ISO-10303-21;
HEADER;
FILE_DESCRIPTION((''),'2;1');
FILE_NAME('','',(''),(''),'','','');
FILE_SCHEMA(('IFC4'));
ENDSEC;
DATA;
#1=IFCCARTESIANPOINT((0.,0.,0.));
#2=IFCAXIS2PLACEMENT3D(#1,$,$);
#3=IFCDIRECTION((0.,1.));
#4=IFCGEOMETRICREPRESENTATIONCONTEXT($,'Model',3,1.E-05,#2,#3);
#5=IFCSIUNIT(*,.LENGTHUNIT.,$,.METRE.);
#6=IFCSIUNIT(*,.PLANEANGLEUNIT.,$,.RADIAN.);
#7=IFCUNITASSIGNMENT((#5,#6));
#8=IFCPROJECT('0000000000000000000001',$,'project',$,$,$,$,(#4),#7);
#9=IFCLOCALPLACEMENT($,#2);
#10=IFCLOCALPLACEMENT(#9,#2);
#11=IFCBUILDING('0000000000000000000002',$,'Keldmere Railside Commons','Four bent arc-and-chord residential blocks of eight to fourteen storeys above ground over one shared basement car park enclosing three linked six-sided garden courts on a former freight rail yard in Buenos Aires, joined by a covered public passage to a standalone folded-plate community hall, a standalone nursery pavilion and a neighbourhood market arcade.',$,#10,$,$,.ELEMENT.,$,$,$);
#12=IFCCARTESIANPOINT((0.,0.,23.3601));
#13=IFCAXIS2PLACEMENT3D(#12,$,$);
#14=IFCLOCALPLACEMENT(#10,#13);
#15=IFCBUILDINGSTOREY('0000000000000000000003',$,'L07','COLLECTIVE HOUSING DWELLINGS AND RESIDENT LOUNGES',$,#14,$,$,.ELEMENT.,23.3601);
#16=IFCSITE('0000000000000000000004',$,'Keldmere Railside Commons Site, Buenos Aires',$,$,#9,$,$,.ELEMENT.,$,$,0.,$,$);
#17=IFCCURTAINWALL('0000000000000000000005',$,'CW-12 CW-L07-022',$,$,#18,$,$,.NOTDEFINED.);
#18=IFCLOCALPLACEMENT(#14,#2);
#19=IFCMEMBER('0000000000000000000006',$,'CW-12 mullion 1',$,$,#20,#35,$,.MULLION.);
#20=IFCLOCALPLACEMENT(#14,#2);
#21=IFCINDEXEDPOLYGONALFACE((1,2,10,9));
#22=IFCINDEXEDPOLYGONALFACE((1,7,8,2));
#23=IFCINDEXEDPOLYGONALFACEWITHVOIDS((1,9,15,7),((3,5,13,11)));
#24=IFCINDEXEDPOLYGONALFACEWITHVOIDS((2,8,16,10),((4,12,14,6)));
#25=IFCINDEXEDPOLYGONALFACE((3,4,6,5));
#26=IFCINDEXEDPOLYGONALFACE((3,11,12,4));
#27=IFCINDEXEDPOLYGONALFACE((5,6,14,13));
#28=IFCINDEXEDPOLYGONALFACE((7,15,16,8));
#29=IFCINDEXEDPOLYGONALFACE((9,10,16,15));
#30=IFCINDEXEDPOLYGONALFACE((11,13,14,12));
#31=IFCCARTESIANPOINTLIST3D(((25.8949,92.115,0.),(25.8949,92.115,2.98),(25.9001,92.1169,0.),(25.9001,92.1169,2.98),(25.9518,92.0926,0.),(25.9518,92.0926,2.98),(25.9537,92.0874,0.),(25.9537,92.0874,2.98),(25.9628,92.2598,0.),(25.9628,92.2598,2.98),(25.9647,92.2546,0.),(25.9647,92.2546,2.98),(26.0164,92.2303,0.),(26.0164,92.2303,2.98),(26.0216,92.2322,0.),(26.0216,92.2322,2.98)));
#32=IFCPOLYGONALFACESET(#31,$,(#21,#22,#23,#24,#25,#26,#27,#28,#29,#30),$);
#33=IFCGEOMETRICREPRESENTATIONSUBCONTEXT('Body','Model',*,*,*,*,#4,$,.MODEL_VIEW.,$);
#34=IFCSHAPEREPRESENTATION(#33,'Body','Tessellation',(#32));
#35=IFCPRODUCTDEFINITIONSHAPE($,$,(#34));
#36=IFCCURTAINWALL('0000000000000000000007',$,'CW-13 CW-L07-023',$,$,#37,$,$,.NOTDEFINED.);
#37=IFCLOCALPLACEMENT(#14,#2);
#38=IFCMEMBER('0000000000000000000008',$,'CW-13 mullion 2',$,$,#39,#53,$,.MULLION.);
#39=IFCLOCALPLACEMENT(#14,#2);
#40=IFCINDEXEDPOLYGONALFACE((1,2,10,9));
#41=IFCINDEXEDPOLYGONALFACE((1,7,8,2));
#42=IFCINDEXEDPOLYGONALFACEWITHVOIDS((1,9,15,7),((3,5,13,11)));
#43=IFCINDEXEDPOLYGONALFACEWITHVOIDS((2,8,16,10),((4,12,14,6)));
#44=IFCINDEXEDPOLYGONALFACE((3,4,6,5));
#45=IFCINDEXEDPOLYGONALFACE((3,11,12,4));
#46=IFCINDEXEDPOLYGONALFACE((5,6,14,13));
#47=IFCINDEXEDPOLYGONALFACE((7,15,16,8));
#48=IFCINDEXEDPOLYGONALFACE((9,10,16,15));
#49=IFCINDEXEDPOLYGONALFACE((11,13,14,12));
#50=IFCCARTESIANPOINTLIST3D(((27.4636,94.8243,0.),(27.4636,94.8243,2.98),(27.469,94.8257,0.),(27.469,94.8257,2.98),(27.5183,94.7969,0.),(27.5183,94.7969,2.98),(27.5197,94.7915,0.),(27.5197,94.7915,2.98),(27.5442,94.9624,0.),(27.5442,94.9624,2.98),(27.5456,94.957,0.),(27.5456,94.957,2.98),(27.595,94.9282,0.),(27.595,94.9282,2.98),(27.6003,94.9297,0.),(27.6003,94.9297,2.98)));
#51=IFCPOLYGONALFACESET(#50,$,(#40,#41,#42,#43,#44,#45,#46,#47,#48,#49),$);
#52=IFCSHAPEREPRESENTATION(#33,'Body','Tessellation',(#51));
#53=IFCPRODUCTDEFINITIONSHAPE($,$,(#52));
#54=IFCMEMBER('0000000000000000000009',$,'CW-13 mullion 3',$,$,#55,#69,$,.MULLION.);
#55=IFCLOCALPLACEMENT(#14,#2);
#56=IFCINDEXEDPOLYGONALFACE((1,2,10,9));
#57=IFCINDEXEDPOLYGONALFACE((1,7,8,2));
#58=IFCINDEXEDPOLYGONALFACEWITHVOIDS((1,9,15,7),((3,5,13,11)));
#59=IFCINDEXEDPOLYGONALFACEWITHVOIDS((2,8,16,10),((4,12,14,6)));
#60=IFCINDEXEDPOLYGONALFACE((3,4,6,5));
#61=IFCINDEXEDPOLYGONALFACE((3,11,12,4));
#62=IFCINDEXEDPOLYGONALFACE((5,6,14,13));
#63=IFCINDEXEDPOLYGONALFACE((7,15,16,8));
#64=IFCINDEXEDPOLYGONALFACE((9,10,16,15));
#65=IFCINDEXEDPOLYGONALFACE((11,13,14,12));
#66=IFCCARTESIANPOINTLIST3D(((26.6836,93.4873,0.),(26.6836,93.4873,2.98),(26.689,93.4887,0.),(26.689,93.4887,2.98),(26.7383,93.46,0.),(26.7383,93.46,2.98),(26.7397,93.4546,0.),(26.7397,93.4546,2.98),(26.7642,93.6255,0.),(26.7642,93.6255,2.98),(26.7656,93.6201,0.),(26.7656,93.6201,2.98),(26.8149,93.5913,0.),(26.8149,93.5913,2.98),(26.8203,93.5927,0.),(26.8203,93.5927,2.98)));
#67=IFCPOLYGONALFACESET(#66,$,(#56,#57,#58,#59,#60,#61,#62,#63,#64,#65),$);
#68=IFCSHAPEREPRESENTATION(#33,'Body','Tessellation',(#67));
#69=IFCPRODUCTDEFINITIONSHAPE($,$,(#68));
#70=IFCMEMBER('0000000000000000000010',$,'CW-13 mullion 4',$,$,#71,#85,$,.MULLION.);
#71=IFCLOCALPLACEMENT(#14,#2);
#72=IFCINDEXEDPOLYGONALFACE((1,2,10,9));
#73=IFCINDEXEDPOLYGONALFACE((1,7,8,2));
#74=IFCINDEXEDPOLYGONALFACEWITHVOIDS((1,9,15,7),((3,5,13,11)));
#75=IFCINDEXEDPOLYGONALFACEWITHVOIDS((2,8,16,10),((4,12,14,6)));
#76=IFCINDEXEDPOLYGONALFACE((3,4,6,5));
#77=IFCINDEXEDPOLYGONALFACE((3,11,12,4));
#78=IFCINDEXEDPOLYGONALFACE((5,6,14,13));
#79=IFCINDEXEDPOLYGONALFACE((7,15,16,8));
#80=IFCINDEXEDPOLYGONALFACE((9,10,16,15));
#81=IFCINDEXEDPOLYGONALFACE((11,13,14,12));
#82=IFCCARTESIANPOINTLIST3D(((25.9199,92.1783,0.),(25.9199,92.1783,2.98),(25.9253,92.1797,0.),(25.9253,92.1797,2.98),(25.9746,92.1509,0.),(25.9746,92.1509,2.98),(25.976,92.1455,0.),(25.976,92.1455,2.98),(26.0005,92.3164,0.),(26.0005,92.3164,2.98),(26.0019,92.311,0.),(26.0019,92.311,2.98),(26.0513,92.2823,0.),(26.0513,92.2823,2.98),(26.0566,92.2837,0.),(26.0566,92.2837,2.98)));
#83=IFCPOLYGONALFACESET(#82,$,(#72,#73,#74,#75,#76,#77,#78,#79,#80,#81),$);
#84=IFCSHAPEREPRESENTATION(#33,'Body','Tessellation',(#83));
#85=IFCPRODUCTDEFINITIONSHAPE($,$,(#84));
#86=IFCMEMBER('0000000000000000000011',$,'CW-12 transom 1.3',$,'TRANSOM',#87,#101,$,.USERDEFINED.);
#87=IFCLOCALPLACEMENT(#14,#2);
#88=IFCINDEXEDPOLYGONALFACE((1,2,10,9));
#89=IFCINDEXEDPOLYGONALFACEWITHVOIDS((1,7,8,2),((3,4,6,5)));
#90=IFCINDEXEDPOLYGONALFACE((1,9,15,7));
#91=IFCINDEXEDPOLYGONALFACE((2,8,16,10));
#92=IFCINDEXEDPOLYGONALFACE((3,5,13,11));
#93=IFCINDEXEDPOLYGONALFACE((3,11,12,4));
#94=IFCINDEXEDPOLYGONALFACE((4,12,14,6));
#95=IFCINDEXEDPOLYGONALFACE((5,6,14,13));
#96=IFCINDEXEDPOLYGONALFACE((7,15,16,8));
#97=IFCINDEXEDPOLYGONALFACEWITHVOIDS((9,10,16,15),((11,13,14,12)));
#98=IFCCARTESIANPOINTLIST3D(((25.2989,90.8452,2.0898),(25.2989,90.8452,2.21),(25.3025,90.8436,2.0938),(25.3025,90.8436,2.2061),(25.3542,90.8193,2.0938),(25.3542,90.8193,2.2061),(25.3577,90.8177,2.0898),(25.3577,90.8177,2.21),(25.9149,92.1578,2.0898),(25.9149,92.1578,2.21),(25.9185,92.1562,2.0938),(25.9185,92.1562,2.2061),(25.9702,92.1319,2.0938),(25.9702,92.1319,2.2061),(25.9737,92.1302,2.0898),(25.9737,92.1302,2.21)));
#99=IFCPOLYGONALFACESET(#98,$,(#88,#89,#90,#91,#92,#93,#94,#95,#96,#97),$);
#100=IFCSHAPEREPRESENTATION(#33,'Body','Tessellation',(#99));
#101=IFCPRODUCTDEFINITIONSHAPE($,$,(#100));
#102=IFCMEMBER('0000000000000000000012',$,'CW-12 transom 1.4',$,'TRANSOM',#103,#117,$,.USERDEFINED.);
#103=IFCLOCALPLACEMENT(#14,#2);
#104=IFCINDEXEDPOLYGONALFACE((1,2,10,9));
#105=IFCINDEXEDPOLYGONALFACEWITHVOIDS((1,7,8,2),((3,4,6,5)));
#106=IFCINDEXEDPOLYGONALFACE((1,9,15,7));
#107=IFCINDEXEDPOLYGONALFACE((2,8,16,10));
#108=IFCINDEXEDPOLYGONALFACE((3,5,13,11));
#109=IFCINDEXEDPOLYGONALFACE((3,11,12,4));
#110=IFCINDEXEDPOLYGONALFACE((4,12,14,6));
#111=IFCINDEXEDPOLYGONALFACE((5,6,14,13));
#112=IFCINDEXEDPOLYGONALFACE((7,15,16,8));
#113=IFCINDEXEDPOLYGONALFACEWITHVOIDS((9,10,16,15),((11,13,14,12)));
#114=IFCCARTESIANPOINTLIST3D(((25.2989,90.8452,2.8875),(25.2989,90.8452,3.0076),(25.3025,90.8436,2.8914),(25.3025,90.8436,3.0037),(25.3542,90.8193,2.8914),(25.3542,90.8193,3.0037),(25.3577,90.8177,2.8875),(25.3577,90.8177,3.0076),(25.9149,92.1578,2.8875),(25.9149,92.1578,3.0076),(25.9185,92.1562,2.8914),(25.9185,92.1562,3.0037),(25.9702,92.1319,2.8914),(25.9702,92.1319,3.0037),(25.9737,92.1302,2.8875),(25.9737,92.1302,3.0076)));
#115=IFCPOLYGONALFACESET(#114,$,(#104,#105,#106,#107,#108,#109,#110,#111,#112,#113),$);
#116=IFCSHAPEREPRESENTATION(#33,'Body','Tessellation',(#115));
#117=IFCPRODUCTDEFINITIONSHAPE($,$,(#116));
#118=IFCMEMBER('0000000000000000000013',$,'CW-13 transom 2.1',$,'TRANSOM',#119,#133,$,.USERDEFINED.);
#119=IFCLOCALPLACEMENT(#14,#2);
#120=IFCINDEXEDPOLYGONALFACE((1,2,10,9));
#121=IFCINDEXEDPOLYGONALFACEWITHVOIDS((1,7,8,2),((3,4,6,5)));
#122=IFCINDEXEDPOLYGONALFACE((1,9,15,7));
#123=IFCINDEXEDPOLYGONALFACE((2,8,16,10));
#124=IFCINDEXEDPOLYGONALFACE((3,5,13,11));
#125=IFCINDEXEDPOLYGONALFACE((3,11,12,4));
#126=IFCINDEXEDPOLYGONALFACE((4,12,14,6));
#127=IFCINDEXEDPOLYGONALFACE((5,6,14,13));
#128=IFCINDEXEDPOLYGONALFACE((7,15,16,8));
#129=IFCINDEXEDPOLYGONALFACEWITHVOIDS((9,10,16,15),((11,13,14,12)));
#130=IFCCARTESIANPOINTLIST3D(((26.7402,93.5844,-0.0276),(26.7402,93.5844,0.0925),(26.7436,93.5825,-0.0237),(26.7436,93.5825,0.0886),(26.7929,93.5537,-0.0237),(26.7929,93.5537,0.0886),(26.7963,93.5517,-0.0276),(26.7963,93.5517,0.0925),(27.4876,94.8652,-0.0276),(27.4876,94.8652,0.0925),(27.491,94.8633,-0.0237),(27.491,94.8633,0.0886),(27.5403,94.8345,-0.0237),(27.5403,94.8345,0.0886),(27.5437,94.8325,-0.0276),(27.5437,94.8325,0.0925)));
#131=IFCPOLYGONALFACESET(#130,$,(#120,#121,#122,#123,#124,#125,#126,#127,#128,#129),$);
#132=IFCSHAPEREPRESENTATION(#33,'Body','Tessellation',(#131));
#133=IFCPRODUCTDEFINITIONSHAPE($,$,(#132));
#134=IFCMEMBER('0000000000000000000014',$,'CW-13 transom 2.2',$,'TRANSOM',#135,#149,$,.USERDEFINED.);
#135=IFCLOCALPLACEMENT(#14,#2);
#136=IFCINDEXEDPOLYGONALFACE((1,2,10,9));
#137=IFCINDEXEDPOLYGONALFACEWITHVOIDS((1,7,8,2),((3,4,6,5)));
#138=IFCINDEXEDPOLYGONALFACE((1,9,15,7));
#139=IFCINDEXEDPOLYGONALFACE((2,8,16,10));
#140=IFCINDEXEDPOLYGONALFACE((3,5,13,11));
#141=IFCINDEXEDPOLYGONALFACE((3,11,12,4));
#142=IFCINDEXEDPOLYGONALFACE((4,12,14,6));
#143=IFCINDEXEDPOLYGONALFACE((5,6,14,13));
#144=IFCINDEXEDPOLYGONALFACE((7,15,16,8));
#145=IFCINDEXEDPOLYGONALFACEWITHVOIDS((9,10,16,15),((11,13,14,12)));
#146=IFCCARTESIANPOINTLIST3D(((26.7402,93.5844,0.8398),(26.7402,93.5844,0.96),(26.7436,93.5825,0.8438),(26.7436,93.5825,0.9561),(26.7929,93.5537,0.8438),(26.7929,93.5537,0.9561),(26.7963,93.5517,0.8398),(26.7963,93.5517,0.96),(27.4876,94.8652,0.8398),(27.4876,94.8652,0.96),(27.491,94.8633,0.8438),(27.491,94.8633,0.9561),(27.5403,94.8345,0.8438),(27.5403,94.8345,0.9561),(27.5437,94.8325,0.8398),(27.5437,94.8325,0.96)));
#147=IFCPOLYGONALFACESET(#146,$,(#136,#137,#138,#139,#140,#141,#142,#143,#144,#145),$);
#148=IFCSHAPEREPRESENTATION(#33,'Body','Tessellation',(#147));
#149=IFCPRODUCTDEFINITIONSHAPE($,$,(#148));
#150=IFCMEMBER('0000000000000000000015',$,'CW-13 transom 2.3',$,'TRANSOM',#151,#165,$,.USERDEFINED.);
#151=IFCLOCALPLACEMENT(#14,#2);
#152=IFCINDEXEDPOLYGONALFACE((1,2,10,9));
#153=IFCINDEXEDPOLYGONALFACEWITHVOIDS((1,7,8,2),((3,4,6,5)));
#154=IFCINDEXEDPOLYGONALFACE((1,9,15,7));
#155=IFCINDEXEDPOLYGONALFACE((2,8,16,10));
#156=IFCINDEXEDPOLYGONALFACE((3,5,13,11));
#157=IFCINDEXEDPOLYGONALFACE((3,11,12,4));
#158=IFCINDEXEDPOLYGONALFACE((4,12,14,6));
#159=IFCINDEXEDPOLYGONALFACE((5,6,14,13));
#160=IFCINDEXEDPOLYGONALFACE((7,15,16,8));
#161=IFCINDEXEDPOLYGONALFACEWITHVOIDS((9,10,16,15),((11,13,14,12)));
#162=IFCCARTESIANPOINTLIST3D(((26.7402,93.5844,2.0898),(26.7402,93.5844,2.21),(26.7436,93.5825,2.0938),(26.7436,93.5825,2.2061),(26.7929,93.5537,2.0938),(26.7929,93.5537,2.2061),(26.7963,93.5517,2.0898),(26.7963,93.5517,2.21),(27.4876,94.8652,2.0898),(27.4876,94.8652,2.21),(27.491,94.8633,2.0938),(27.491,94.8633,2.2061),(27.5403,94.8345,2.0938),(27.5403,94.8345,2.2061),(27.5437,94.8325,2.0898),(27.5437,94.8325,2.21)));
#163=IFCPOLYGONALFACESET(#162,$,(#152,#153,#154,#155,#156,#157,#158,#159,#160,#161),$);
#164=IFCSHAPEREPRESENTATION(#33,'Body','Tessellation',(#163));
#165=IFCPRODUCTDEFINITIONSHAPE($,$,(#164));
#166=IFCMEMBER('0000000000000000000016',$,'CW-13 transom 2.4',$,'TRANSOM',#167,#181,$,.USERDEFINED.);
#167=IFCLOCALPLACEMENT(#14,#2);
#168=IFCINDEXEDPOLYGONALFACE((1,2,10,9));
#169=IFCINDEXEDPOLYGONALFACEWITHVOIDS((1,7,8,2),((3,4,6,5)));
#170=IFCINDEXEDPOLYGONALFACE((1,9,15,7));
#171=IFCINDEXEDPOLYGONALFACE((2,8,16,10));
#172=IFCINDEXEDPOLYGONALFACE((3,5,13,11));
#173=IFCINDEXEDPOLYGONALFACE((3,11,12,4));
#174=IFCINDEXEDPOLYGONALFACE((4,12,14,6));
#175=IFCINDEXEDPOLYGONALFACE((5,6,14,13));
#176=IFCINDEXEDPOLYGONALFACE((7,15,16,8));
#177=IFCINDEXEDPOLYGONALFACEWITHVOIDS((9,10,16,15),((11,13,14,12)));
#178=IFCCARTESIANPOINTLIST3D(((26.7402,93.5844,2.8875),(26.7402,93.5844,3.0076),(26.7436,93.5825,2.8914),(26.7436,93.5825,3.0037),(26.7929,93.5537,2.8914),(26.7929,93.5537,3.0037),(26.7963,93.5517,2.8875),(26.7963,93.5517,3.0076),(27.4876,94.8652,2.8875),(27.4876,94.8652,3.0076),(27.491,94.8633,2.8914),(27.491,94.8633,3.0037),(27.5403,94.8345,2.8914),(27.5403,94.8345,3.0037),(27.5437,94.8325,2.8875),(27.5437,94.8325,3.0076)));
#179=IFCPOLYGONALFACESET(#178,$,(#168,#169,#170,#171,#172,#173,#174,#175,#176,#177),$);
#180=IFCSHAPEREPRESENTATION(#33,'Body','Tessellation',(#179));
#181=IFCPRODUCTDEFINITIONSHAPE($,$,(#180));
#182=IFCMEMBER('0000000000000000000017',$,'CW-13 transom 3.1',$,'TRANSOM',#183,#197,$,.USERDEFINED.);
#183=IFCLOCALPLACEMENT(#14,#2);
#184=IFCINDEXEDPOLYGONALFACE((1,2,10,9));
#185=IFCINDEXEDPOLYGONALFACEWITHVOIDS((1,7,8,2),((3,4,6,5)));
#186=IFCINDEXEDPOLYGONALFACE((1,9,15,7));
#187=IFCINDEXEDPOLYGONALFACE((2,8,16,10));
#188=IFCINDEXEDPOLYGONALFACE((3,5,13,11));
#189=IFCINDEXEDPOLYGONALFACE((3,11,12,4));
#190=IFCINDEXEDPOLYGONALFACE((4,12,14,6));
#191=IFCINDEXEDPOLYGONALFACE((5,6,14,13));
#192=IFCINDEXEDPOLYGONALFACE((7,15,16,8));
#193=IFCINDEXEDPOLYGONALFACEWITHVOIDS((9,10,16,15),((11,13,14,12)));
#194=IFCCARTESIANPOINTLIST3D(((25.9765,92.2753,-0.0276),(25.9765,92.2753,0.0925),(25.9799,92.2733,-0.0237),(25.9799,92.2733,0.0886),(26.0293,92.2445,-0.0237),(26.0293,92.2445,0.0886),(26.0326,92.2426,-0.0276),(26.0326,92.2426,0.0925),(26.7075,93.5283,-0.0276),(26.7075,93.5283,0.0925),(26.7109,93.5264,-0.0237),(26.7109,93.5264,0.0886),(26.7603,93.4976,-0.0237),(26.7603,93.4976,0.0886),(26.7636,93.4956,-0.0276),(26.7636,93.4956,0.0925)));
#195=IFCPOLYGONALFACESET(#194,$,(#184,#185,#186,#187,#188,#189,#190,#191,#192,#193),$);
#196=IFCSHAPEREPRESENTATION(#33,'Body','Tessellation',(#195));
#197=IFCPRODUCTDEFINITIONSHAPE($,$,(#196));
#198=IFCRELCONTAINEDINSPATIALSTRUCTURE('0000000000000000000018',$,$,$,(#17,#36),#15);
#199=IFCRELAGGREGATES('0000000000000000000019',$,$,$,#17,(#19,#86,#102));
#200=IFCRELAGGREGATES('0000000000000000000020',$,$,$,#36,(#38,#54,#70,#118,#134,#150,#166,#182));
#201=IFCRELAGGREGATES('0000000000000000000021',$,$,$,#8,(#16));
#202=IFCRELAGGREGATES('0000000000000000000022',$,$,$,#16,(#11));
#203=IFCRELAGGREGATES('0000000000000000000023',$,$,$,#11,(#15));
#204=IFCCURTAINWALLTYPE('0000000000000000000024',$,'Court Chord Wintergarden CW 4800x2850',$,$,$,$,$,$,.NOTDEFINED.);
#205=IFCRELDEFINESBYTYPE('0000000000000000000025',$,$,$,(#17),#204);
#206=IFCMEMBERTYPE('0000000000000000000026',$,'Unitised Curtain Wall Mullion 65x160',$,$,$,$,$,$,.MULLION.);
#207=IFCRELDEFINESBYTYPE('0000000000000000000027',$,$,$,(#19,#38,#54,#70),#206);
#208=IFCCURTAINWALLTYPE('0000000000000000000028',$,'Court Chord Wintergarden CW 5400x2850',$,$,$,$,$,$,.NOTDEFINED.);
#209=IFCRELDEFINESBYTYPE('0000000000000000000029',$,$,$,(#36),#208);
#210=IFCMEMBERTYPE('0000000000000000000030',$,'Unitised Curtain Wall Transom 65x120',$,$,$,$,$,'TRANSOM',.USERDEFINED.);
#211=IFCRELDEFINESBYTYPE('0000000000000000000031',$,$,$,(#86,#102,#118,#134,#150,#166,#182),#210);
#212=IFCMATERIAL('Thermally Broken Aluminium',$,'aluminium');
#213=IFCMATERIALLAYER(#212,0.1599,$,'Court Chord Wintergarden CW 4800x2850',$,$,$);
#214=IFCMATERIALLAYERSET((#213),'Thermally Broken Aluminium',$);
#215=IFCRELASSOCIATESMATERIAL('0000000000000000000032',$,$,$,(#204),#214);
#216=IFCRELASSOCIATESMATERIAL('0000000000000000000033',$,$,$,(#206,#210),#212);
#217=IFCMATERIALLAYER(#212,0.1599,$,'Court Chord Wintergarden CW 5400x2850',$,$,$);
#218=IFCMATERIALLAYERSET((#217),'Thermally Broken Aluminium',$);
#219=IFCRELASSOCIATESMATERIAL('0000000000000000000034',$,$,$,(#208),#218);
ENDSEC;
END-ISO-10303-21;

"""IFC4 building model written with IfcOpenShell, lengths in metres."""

from ifc_helpers import new_model, si_unit, direction, frame, origin, origin_2d, place, context, subcontext, project, spatial, hollow_rectangle, extrude, material, layer, layer_set, material_profile, profile_set, type_object, element, aggregate, save


model = new_model("IFC4")

# Units and contexts
model_context = context("Model", 3, precision=1e-05, world=origin(), true_north=direction((0.0, 1.0)))
body_context = subcontext(model_context, "Body", "Model", "MODEL_VIEW")
ifc_project = project(units=[si_unit("LENGTHUNIT", "METRE"), si_unit("PLANEANGLEUNIT", "RADIAN")], contexts=[model_context])

# Site, building, storey
site_placement = place(None, origin())
site = spatial("IfcSite", under=ifc_project, at=site_placement, Name="Keldmere Railside Commons Site, Buenos Aires", CompositionType="ELEMENT", RefElevation=0.0)
building_placement = place(site_placement, origin())
building = spatial("IfcBuilding", under=site, at=building_placement, Name="Keldmere Railside Commons", Description="Four bent arc-and-chord residential blocks of eight to fourteen storeys above ground over one shared basement car park enclosing three linked six-sided garden courts on a former freight rail yard in Buenos Aires, joined by a covered public passage to a standalone folded-plate community hall, a standalone nursery pavilion and a neighbourhood market arcade.", CompositionType="ELEMENT")
storey_placement = place(building_placement, frame((0.0, 0.0, 23.3601)))
storey = spatial("IfcBuildingStorey", under=building, at=storey_placement, Name="L07", Description="COLLECTIVE HOUSING DWELLINGS AND RESIDENT LOUNGES", CompositionType="ELEMENT", Elevation=23.3601)

# Curtain wall, member
ifc_material_1 = material(Name="Thermally Broken Aluminium", Category="aluminium")
ifc_layer_1 = layer(ifc_material_1, 0.1599, Name="Court Chord Wintergarden CW 4800x2850")
ifc_layer_set_1 = layer_set([ifc_layer_1], Name="Thermally Broken Aluminium")
curtain_wall_type_1 = type_object("IfcCurtainWallType", Name="Court Chord Wintergarden CW 4800x2850", PredefinedType="NOTDEFINED", material=ifc_layer_set_1)
curtain_wall_1_placement = place(storey_placement, origin())
curtain_wall_1 = element("IfcCurtainWall", 1, at=curtain_wall_1_placement, inside=storey, type_object=curtain_wall_type_1, Name="CW-12 CW-L07-022", PredefinedType="NOTDEFINED")
ifc_material_profile_1 = material_profile(ifc_material_1, hollow_rectangle(XDim=0.0649, YDim=0.1599, WallThickness=0.0039, at=origin_2d()), Name="ALU-MULL-65x160")
ifc_profile_set_1 = profile_set([ifc_material_profile_1], Name="Thermally Broken Aluminium")
member_type_1 = type_object("IfcMemberType", Name="Unitised Curtain Wall Mullion 65x160", PredefinedType="MULLION", material=ifc_profile_set_1)
member_1_placement = place(storey_placement, frame((25.9583, 92.1736, 0.0), z_axis=(0.0, 0.0, 1.0), x_axis=(0.905306, -0.424759, 0.0)))
member_1 = element("IfcMember", 2, at=member_1_placement, type_object=member_type_1, Name="CW-12 mullion 1", PredefinedType="MULLION", context=body_context, shape_type="SweptSolid", body=[
    extrude(hollow_rectangle(XDim=0.0649, YDim=0.1599, WallThickness=0.0039, at=origin_2d()), origin(), (0.0, 0.0, 1.0), 2.98),
])

# Curtain wall, members
ifc_layer_2 = layer(ifc_material_1, 0.1599, Name="Court Chord Wintergarden CW 5400x2850")
ifc_layer_set_2 = layer_set([ifc_layer_2], Name="Thermally Broken Aluminium")
curtain_wall_type_2 = type_object("IfcCurtainWallType", Name="Court Chord Wintergarden CW 5400x2850", PredefinedType="NOTDEFINED", material=ifc_layer_set_2)
curtain_wall_2_placement = place(storey_placement, origin())
curtain_wall_2 = element("IfcCurtainWall", 3, at=curtain_wall_2_placement, inside=storey, type_object=curtain_wall_type_2, Name="CW-13 CW-L07-023", PredefinedType="NOTDEFINED")
member_2_placement = place(storey_placement, frame((27.532, 94.877, 0.0), z_axis=(0.0, 0.0, 1.0), x_axis=(0.863755, -0.503911, 0.0)))
member_2 = element("IfcMember", 4, at=member_2_placement, type_object=member_type_1, Name="CW-13 mullion 2", PredefinedType="MULLION", context=body_context, shape_type="SweptSolid", body=[
    extrude(hollow_rectangle(XDim=0.0649, YDim=0.1599, WallThickness=0.0039, at=origin_2d()), origin(), (0.0, 0.0, 1.0), 2.98),
])
member_3_placement = place(storey_placement, frame((26.752, 93.54, 0.0), z_axis=(0.0, 0.0, 1.0), x_axis=(0.863755, -0.503911, 0.0)))
member_3 = element("IfcMember", 5, at=member_3_placement, type_object=member_type_1, Name="CW-13 mullion 3", PredefinedType="MULLION", context=body_context, shape_type="SweptSolid", body=[
    extrude(hollow_rectangle(XDim=0.0649, YDim=0.1599, WallThickness=0.0039, at=origin_2d()), origin(), (0.0, 0.0, 1.0), 2.98),
])
member_4_placement = place(storey_placement, frame((25.9883, 92.231, 0.0), z_axis=(0.0, 0.0, 1.0), x_axis=(0.863755, -0.503911, 0.0)))
member_4 = element("IfcMember", 6, at=member_4_placement, type_object=member_type_1, Name="CW-13 mullion 4", PredefinedType="MULLION", context=body_context, shape_type="SweptSolid", body=[
    extrude(hollow_rectangle(XDim=0.0649, YDim=0.1599, WallThickness=0.0039, at=origin_2d()), origin(), (0.0, 0.0, 1.0), 2.98),
])

# Members
ifc_material_profile_2 = material_profile(ifc_material_1, hollow_rectangle(XDim=0.0649, YDim=0.1201, WallThickness=0.0039, at=origin_2d()), Name="ALU-TRAN-65x120")
ifc_profile_set_2 = profile_set([ifc_material_profile_2], Name="Thermally Broken Aluminium")
member_type_2 = type_object("IfcMemberType", Name="Unitised Curtain Wall Transom 65x120", ElementType="TRANSOM", PredefinedType="USERDEFINED", material=ifc_profile_set_2)
member_5_placement = place(storey_placement, frame((25.9443, 92.144, 2.1499), z_axis=(-0.424848, -0.905265, 0.0), x_axis=(0.905265, -0.424848, 0.0)))
member_5 = element("IfcMember", 7, at=member_5_placement, type_object=member_type_2, Name="CW-12 transom 1.3", ObjectType="TRANSOM", PredefinedType="USERDEFINED", context=body_context, shape_type="SweptSolid", body=[
    extrude(hollow_rectangle(XDim=0.0649, YDim=0.1201, WallThickness=0.0039, at=origin_2d()), origin(), (0.0, 0.0, 1.0), 1.45),
])
member_6_placement = place(storey_placement, frame((25.9443, 92.144, 2.9475), z_axis=(-0.424848, -0.905265, 0.0), x_axis=(0.905265, -0.424848, 0.0)))
member_6 = element("IfcMember", 8, at=member_6_placement, type_object=member_type_2, Name="CW-12 transom 1.4", ObjectType="TRANSOM", PredefinedType="USERDEFINED", context=body_context, shape_type="SweptSolid", body=[
    extrude(hollow_rectangle(XDim=0.0649, YDim=0.1201, WallThickness=0.0039, at=origin_2d()), origin(), (0.0, 0.0, 1.0), 1.45),
])
aggregate(curtain_wall_1, [member_1, member_5, member_6])
member_7_placement = place(storey_placement, frame((27.5156, 94.8489, 0.0325), z_axis=(-0.503973, -0.863719, 0.0), x_axis=(0.863719, -0.503973, 0.0)))
member_7 = element("IfcMember", 9, at=member_7_placement, type_object=member_type_2, Name="CW-13 transom 2.1", ObjectType="TRANSOM", PredefinedType="USERDEFINED", context=body_context, shape_type="SweptSolid", body=[
    extrude(hollow_rectangle(XDim=0.0649, YDim=0.1201, WallThickness=0.0039, at=origin_2d()), origin(), (0.0, 0.0, 1.0), 1.4829),
])
member_8_placement = place(storey_placement, frame((27.5156, 94.8489, 0.8999), z_axis=(-0.503973, -0.863719, 0.0), x_axis=(0.863719, -0.503973, 0.0)))
member_8 = element("IfcMember", 10, at=member_8_placement, type_object=member_type_2, Name="CW-13 transom 2.2", ObjectType="TRANSOM", PredefinedType="USERDEFINED", context=body_context, shape_type="SweptSolid", body=[
    extrude(hollow_rectangle(XDim=0.0649, YDim=0.1201, WallThickness=0.0039, at=origin_2d()), origin(), (0.0, 0.0, 1.0), 1.4829),
])
member_9_placement = place(storey_placement, frame((27.5156, 94.8489, 2.1499), z_axis=(-0.503973, -0.863719, 0.0), x_axis=(0.863719, -0.503973, 0.0)))
member_9 = element("IfcMember", 11, at=member_9_placement, type_object=member_type_2, Name="CW-13 transom 2.3", ObjectType="TRANSOM", PredefinedType="USERDEFINED", context=body_context, shape_type="SweptSolid", body=[
    extrude(hollow_rectangle(XDim=0.0649, YDim=0.1201, WallThickness=0.0039, at=origin_2d()), origin(), (0.0, 0.0, 1.0), 1.4829),
])
member_10_placement = place(storey_placement, frame((27.5156, 94.8489, 2.9475), z_axis=(-0.503973, -0.863719, 0.0), x_axis=(0.863719, -0.503973, 0.0)))
member_10 = element("IfcMember", 12, at=member_10_placement, type_object=member_type_2, Name="CW-13 transom 2.4", ObjectType="TRANSOM", PredefinedType="USERDEFINED", context=body_context, shape_type="SweptSolid", body=[
    extrude(hollow_rectangle(XDim=0.0649, YDim=0.1201, WallThickness=0.0039, at=origin_2d()), origin(), (0.0, 0.0, 1.0), 1.4829),
])
member_11_placement = place(storey_placement, frame((26.7356, 93.512, 0.0325), z_axis=(-0.503913, -0.863754, 0.0), x_axis=(0.863754, -0.503913, 0.0)))
member_11 = element("IfcMember", 13, at=member_11_placement, type_object=member_type_2, Name="CW-13 transom 3.1", ObjectType="TRANSOM", PredefinedType="USERDEFINED", context=body_context, shape_type="SweptSolid", body=[
    extrude(hollow_rectangle(XDim=0.0649, YDim=0.1201, WallThickness=0.0039, at=origin_2d()), origin(), (0.0, 0.0, 1.0), 1.4507),
])

aggregate(curtain_wall_2, [member_2, member_3, member_4, member_7, member_8, member_9, member_10, member_11])

save(model, "model.ifc")
